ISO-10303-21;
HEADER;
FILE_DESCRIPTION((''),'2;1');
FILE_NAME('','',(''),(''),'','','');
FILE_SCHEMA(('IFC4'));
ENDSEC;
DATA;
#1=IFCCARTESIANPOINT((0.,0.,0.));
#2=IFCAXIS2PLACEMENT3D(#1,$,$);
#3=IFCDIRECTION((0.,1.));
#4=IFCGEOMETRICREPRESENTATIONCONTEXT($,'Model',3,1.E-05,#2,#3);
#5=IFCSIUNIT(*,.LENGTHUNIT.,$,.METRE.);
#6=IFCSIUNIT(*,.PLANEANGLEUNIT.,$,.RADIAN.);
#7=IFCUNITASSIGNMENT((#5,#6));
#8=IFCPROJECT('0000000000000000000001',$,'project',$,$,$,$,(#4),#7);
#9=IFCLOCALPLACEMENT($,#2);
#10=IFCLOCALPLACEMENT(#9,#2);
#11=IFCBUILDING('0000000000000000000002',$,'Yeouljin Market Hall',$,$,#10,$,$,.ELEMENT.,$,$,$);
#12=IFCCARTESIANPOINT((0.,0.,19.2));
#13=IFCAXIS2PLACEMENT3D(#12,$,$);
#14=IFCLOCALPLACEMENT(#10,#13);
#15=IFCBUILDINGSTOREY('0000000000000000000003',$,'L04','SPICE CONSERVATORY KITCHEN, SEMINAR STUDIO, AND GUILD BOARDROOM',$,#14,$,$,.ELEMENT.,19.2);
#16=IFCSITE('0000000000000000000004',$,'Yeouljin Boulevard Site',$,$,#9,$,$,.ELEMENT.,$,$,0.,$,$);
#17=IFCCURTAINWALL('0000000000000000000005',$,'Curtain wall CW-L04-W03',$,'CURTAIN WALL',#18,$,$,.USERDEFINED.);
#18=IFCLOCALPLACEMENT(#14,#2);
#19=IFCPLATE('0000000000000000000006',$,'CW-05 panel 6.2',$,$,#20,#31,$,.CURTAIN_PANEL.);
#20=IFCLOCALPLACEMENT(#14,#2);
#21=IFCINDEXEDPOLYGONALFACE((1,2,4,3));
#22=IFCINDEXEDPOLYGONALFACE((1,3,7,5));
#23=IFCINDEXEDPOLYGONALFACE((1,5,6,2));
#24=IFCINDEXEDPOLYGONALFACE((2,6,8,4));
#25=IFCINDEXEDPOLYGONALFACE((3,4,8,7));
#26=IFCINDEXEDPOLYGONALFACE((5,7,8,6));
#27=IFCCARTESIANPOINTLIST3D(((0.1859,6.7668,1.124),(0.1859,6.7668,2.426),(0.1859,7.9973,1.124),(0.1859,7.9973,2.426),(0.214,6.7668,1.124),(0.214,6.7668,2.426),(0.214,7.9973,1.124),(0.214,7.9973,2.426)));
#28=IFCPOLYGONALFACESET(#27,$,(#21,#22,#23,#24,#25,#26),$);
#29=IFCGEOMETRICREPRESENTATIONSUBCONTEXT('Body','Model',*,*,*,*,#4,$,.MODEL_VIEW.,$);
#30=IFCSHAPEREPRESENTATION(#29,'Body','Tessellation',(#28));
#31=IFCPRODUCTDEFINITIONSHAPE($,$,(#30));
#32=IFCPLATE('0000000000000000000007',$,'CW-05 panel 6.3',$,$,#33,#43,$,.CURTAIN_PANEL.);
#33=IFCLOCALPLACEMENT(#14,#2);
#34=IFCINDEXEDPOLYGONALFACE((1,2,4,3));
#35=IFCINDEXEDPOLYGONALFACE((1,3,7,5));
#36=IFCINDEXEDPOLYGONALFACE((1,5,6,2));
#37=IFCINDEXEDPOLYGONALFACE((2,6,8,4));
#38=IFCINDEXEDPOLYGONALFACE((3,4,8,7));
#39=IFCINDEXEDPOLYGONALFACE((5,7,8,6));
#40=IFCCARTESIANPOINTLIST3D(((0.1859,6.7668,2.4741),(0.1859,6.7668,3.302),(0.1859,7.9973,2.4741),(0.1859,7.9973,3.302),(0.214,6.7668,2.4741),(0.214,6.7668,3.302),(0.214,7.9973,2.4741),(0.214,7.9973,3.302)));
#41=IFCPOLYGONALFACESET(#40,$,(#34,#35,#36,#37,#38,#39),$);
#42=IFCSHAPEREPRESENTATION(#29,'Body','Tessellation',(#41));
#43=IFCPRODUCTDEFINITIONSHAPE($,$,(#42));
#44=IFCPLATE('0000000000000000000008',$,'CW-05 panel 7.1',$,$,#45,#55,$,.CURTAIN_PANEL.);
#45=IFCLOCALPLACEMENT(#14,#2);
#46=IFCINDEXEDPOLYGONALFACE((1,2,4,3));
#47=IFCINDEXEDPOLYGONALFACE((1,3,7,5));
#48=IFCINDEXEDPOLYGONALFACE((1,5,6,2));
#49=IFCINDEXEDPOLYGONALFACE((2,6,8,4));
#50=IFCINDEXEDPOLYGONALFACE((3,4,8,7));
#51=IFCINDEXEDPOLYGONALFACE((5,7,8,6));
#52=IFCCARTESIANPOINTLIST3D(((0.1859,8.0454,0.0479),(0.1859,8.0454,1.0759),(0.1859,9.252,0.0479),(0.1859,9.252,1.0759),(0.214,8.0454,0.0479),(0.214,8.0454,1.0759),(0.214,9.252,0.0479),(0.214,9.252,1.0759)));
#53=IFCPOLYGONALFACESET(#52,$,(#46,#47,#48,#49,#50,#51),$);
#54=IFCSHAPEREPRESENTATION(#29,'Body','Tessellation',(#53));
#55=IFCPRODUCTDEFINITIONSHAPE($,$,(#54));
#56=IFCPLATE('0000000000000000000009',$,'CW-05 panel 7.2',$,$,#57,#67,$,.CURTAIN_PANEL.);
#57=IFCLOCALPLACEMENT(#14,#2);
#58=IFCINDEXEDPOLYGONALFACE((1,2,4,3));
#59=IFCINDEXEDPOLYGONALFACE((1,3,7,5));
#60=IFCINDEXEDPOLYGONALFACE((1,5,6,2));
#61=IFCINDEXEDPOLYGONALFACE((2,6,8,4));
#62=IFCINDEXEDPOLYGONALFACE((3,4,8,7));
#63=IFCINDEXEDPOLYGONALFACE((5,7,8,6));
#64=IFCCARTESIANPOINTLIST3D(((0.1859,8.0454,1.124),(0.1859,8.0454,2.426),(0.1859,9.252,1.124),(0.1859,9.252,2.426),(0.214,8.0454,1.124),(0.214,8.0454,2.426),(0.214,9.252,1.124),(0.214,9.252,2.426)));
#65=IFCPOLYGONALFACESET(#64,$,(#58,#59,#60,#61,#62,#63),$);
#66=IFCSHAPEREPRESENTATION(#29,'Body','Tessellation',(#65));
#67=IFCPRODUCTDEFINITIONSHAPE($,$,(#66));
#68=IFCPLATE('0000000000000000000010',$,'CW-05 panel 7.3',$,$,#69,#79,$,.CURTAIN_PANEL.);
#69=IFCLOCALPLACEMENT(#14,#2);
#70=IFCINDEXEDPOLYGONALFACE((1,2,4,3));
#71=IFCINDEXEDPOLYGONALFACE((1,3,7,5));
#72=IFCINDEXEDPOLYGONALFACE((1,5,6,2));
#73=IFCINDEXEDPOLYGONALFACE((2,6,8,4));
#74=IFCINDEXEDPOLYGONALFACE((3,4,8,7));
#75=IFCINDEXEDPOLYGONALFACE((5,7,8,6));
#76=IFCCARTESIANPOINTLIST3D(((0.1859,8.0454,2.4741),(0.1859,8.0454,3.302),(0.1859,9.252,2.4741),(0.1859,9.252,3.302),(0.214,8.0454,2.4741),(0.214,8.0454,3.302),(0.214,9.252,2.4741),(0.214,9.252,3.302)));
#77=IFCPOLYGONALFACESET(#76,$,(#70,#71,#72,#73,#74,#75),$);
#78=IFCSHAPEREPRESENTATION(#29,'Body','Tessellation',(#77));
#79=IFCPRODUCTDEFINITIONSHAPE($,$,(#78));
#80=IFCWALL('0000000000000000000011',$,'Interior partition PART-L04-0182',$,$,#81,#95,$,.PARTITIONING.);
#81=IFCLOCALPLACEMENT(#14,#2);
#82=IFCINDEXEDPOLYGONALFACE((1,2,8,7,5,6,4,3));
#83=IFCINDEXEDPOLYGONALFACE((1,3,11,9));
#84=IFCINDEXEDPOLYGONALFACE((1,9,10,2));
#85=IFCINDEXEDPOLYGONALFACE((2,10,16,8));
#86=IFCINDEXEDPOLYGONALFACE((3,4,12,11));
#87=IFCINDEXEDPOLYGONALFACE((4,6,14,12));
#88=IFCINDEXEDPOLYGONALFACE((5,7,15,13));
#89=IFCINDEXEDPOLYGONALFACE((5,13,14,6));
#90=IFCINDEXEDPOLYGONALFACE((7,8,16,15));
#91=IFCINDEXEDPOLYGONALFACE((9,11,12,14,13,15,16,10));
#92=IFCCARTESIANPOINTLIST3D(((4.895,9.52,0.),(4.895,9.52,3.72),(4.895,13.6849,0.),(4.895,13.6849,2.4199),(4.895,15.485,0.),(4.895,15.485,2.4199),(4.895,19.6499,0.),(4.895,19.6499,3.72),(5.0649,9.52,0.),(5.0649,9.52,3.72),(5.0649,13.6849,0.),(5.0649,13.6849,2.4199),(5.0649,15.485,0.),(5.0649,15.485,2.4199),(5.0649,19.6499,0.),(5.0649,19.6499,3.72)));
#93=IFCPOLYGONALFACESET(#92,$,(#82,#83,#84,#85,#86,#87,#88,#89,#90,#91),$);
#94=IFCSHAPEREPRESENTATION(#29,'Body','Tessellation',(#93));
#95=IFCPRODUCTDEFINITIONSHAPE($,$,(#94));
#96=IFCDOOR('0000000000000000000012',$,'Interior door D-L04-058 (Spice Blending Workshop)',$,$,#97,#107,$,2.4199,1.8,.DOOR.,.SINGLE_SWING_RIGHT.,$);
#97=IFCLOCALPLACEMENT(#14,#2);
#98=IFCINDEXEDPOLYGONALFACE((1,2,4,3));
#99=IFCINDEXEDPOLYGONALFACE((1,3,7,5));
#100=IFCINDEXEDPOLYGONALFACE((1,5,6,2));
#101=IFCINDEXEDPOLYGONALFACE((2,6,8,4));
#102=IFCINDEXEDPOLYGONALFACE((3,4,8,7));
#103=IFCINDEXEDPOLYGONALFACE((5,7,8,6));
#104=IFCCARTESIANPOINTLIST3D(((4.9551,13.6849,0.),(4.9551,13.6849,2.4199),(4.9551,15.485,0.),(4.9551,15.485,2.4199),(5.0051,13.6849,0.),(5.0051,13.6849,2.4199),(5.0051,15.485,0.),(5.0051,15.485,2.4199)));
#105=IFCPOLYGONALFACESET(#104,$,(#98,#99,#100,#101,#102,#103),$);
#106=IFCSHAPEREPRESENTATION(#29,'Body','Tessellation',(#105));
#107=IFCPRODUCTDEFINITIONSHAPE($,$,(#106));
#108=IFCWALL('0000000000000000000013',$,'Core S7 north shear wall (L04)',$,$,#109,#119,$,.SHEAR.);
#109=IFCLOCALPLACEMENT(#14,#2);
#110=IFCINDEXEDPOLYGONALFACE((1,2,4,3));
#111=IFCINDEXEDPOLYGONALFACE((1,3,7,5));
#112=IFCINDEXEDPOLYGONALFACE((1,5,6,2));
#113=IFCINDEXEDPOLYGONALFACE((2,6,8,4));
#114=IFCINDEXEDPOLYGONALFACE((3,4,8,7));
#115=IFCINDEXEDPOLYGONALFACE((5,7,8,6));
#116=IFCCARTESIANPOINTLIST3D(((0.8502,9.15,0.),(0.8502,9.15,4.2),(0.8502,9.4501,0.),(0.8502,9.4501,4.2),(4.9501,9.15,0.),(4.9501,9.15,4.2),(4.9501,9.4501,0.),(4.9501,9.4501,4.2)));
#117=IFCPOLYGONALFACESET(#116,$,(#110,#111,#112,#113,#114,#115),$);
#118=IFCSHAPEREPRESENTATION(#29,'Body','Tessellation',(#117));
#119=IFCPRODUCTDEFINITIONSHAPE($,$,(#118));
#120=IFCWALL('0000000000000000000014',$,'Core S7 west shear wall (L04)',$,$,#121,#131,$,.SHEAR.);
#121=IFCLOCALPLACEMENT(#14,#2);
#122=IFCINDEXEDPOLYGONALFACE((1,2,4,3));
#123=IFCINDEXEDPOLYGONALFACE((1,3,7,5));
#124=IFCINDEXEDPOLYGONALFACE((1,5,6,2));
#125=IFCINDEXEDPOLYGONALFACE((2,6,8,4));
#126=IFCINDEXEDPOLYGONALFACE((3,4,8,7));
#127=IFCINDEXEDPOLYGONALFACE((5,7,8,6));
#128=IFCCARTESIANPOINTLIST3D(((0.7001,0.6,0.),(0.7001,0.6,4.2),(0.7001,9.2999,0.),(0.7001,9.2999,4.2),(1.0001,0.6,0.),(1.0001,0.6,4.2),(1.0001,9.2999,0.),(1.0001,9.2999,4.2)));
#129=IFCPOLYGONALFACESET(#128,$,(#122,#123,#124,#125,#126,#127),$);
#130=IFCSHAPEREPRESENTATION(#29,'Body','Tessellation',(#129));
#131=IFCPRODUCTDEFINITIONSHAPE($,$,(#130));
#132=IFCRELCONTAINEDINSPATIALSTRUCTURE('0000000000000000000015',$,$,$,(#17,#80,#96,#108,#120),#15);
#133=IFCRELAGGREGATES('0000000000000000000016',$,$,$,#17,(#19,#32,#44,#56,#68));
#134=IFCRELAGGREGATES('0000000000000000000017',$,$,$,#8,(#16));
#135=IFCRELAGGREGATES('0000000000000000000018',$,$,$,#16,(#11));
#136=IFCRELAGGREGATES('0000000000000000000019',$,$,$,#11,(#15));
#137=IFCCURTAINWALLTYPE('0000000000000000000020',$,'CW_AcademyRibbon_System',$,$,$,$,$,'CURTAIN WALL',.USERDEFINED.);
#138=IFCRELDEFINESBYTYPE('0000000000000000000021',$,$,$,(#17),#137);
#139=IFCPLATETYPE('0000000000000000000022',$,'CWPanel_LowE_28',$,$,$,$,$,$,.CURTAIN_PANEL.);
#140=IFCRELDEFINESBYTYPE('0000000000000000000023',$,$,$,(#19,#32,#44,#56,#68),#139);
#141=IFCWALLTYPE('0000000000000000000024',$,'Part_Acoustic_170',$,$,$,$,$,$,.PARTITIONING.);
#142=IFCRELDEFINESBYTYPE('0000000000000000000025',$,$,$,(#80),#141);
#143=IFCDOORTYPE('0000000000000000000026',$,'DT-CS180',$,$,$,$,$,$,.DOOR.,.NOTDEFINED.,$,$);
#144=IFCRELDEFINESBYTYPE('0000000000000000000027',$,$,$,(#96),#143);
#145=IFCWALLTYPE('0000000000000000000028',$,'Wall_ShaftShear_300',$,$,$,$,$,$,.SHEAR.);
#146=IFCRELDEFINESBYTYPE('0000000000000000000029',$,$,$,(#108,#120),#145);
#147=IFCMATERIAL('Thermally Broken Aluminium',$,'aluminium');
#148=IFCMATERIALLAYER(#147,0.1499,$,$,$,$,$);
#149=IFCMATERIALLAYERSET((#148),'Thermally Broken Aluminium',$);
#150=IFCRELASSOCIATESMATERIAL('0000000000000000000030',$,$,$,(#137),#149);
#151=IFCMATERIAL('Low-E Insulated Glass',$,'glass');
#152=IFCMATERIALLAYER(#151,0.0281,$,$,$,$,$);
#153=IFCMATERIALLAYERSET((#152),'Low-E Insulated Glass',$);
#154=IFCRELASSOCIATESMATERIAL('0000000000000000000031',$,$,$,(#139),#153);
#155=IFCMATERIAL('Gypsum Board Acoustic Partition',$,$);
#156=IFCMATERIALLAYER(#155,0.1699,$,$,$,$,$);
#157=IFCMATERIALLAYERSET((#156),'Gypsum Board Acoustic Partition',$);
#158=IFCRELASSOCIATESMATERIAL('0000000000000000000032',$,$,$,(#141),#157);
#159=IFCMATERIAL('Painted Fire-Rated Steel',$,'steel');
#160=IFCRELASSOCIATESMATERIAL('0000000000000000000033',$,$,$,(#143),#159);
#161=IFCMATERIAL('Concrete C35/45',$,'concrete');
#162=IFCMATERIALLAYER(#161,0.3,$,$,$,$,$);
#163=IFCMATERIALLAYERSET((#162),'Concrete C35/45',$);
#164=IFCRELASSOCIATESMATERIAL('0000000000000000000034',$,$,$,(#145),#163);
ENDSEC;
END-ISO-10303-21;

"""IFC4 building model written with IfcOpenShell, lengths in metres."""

from ifc_helpers import new_model, si_unit, direction, frame, frame_2d, origin, origin_2d, place, context, subcontext, project, spatial, rectangle, extrude, material, layer, layer_set, type_object, element, fill, aggregate, save


model = new_model("IFC4")

# Units and contexts
model_context = context("Model", 3, precision=1e-05, world=origin(), true_north=direction((0.0, 1.0)))
body_context = subcontext(model_context, "Body", "Model", "MODEL_VIEW")
ifc_project = project(units=[si_unit("LENGTHUNIT", "METRE"), si_unit("PLANEANGLEUNIT", "RADIAN")], contexts=[model_context])

# Site, building, storey
site_placement = place(None, origin())
site = spatial("IfcSite", under=ifc_project, at=site_placement, Name="Yeouljin Boulevard Site", CompositionType="ELEMENT", RefElevation=0.0)
building_placement = place(site_placement, origin())
building = spatial("IfcBuilding", under=site, at=building_placement, Name="Yeouljin Market Hall", CompositionType="ELEMENT")
storey_placement = place(building_placement, frame((0.0, 0.0, 19.2)))
storey = spatial("IfcBuildingStorey", under=building, at=storey_placement, Name="L04", Description="SPICE CONSERVATORY KITCHEN, SEMINAR STUDIO, AND GUILD BOARDROOM", CompositionType="ELEMENT", Elevation=19.2)

# Curtain wall
ifc_material_1 = material(Name="Thermally Broken Aluminium", Category="aluminium")
ifc_layer_1 = layer(ifc_material_1, 0.1499)
ifc_layer_set_1 = layer_set([ifc_layer_1], Name="Thermally Broken Aluminium")
curtain_wall_type = type_object("IfcCurtainWallType", Name="CW_AcademyRibbon_System", ElementType="CURTAIN WALL", PredefinedType="USERDEFINED", material=ifc_layer_set_1)
curtain_wall_placement = place(storey_placement, origin())
curtain_wall = element("IfcCurtainWall", 1, at=curtain_wall_placement, inside=storey, type_object=curtain_wall_type, Name="Curtain wall CW-L04-W03", ObjectType="CURTAIN WALL", PredefinedType="USERDEFINED")

# Plates
ifc_material_2 = material(Name="Low-E Insulated Glass", Category="glass")
ifc_layer_2 = layer(ifc_material_2, 0.0281)
ifc_layer_set_2 = layer_set([ifc_layer_2], Name="Low-E Insulated Glass")
plate_type = type_object("IfcPlateType", Name="CWPanel_LowE_28", PredefinedType="CURTAIN_PANEL", material=ifc_layer_set_2)
plate_1_placement = place(storey_placement, frame((0.2, 7.3821, 1.124), z_axis=(0.0, 0.0, 1.0), x_axis=(0.0, 1.0, 0.0)))
plate_1 = element("IfcPlate", 2, at=plate_1_placement, type_object=plate_type, Name="CW-05 panel 6.2", PredefinedType="CURTAIN_PANEL", context=body_context, shape_type="SweptSolid", body=[
    extrude(rectangle(XDim=1.2305, YDim=0.0281, at=origin_2d()), origin(), (0.0, 0.0, 1.0), 1.302),
])
plate_2_placement = place(storey_placement, frame((0.2, 7.3821, 2.4741), z_axis=(0.0, 0.0, 1.0), x_axis=(0.0, 1.0, 0.0)))
plate_2 = element("IfcPlate", 3, at=plate_2_placement, type_object=plate_type, Name="CW-05 panel 6.3", PredefinedType="CURTAIN_PANEL", context=body_context, shape_type="SweptSolid", body=[
    extrude(rectangle(XDim=1.2305, YDim=0.0281, at=origin_2d()), origin(), (0.0, 0.0, 1.0), 0.8279),
])
plate_3_placement = place(storey_placement, frame((0.2, 8.6487, 0.0479), z_axis=(0.0, 0.0, 1.0), x_axis=(0.0, 1.0, 0.0)))
plate_3 = element("IfcPlate", 4, at=plate_3_placement, type_object=plate_type, Name="CW-05 panel 7.1", PredefinedType="CURTAIN_PANEL", context=body_context, shape_type="SweptSolid", body=[
    extrude(rectangle(XDim=1.2065, YDim=0.0281, at=origin_2d()), origin(), (0.0, 0.0, 1.0), 1.0281),
])
plate_4_placement = place(storey_placement, frame((0.2, 8.6487, 1.124), z_axis=(0.0, 0.0, 1.0), x_axis=(0.0, 1.0, 0.0)))
plate_4 = element("IfcPlate", 5, at=plate_4_placement, type_object=plate_type, Name="CW-05 panel 7.2", PredefinedType="CURTAIN_PANEL", context=body_context, shape_type="SweptSolid", body=[
    extrude(rectangle(XDim=1.2065, YDim=0.0281, at=origin_2d()), origin(), (0.0, 0.0, 1.0), 1.302),
])
plate_5_placement = place(storey_placement, frame((0.2, 8.6487, 2.4741), z_axis=(0.0, 0.0, 1.0), x_axis=(0.0, 1.0, 0.0)))
plate_5 = element("IfcPlate", 6, at=plate_5_placement, type_object=plate_type, Name="CW-05 panel 7.3", PredefinedType="CURTAIN_PANEL", context=body_context, shape_type="SweptSolid", body=[
    extrude(rectangle(XDim=1.2065, YDim=0.0281, at=origin_2d()), origin(), (0.0, 0.0, 1.0), 0.8279),
])
aggregate(curtain_wall, [plate_1, plate_2, plate_3, plate_4, plate_5])

# Wall, opening, door
ifc_material_3 = material(Name="Gypsum Board Acoustic Partition")
ifc_layer_3 = layer(ifc_material_3, 0.1699)
ifc_layer_set_3 = layer_set([ifc_layer_3], Name="Gypsum Board Acoustic Partition")
wall_type_1 = type_object("IfcWallType", Name="Part_Acoustic_170", PredefinedType="PARTITIONING", material=ifc_layer_set_3)
wall_1_placement = place(storey_placement, frame((4.98, 9.52, 0.0), z_axis=(0.0, 0.0, 1.0), x_axis=(0.0, 1.0, 0.0)))
wall_1 = element("IfcWall", 7, at=wall_1_placement, inside=storey, type_object=wall_type_1, Name="Interior partition PART-L04-0182", PredefinedType="PARTITIONING", context=body_context, shape_type="SweptSolid", body=[
    extrude(rectangle(XDim=10.1299, YDim=0.1699, at=frame_2d((5.0649, 0.0))), origin(), (0.0, 0.0, 1.0), 3.72),
])
opening_placement = place(wall_1_placement, frame((4.165, 0.0, 0.0)))
opening = element("IfcOpeningElement", 8, at=opening_placement, cuts=wall_1, PredefinedType="OPENING", context=body_context, shape_type="SweptSolid", body=[
    extrude(rectangle(XDim=1.8, YDim=2.4199, at=frame_2d((0.8999, 1.21))), frame((0.0, 0.095, 0.0), z_axis=(0.0, -1.0, 0.0), x_axis=(1.0, 0.0, 0.0)), (0.0, 0.0, 1.0), 0.1899),
])
ifc_material_4 = material(Name="Painted Fire-Rated Steel", Category="steel")
door_type = type_object("IfcDoorType", Name="DT-CS180", OperationType="NOTDEFINED", PredefinedType="DOOR", material=ifc_material_4)
door_placement = place(opening_placement, origin())
door = element("IfcDoor", 9, at=door_placement, inside=storey, type_object=door_type, Name="Interior door D-L04-058 (Spice Blending Workshop)", OperationType="SINGLE_SWING_RIGHT", OverallHeight=2.4199, OverallWidth=1.8, PredefinedType="DOOR", context=body_context, shape_type="SweptSolid", body=[
    extrude(rectangle(XDim=1.8, YDim=2.4199, at=frame_2d((0.8999, 1.21))), frame((0.0, 0.0249, 0.0), z_axis=(0.0, -1.0, 0.0), x_axis=(1.0, 0.0, 0.0)), (0.0, 0.0, 1.0), 0.05),
])
fill(opening, door)

# Walls
ifc_material_5 = material(Name="Concrete C35/45", Category="concrete")
ifc_layer_4 = layer(ifc_material_5, 0.3)
ifc_layer_set_4 = layer_set([ifc_layer_4], Name="Concrete C35/45")
wall_type_2 = type_object("IfcWallType", Name="Wall_ShaftShear_300", PredefinedType="SHEAR", material=ifc_layer_set_4)
wall_2_placement = place(storey_placement, frame((4.95, 9.3, 0.0), z_axis=(0.0, 0.0, 1.0), x_axis=(-1.0, 0.0, 0.0)))
element("IfcWall", 10, at=wall_2_placement, inside=storey, type_object=wall_type_2, Name="Core S7 north shear wall (L04)", PredefinedType="SHEAR", context=body_context, shape_type="SweptSolid", body=[
    extrude(rectangle(XDim=4.0999, YDim=0.3, at=frame_2d((2.0498, 0.0))), origin(), (0.0, 0.0, 1.0), 4.2),
])
wall_3_placement = place(storey_placement, frame((0.8501, 9.3, 0.0), z_axis=(0.0, 0.0, 1.0), x_axis=(0.0, -1.0, 0.0)))
element("IfcWall", 11, at=wall_3_placement, inside=storey, type_object=wall_type_2, Name="Core S7 west shear wall (L04)", PredefinedType="SHEAR", context=body_context, shape_type="SweptSolid", body=[
    extrude(rectangle(XDim=8.7, YDim=0.3, at=frame_2d((4.3501, 0.0))), origin(), (0.0, 0.0, 1.0), 4.2),
])

save(model, "model.ifc")
